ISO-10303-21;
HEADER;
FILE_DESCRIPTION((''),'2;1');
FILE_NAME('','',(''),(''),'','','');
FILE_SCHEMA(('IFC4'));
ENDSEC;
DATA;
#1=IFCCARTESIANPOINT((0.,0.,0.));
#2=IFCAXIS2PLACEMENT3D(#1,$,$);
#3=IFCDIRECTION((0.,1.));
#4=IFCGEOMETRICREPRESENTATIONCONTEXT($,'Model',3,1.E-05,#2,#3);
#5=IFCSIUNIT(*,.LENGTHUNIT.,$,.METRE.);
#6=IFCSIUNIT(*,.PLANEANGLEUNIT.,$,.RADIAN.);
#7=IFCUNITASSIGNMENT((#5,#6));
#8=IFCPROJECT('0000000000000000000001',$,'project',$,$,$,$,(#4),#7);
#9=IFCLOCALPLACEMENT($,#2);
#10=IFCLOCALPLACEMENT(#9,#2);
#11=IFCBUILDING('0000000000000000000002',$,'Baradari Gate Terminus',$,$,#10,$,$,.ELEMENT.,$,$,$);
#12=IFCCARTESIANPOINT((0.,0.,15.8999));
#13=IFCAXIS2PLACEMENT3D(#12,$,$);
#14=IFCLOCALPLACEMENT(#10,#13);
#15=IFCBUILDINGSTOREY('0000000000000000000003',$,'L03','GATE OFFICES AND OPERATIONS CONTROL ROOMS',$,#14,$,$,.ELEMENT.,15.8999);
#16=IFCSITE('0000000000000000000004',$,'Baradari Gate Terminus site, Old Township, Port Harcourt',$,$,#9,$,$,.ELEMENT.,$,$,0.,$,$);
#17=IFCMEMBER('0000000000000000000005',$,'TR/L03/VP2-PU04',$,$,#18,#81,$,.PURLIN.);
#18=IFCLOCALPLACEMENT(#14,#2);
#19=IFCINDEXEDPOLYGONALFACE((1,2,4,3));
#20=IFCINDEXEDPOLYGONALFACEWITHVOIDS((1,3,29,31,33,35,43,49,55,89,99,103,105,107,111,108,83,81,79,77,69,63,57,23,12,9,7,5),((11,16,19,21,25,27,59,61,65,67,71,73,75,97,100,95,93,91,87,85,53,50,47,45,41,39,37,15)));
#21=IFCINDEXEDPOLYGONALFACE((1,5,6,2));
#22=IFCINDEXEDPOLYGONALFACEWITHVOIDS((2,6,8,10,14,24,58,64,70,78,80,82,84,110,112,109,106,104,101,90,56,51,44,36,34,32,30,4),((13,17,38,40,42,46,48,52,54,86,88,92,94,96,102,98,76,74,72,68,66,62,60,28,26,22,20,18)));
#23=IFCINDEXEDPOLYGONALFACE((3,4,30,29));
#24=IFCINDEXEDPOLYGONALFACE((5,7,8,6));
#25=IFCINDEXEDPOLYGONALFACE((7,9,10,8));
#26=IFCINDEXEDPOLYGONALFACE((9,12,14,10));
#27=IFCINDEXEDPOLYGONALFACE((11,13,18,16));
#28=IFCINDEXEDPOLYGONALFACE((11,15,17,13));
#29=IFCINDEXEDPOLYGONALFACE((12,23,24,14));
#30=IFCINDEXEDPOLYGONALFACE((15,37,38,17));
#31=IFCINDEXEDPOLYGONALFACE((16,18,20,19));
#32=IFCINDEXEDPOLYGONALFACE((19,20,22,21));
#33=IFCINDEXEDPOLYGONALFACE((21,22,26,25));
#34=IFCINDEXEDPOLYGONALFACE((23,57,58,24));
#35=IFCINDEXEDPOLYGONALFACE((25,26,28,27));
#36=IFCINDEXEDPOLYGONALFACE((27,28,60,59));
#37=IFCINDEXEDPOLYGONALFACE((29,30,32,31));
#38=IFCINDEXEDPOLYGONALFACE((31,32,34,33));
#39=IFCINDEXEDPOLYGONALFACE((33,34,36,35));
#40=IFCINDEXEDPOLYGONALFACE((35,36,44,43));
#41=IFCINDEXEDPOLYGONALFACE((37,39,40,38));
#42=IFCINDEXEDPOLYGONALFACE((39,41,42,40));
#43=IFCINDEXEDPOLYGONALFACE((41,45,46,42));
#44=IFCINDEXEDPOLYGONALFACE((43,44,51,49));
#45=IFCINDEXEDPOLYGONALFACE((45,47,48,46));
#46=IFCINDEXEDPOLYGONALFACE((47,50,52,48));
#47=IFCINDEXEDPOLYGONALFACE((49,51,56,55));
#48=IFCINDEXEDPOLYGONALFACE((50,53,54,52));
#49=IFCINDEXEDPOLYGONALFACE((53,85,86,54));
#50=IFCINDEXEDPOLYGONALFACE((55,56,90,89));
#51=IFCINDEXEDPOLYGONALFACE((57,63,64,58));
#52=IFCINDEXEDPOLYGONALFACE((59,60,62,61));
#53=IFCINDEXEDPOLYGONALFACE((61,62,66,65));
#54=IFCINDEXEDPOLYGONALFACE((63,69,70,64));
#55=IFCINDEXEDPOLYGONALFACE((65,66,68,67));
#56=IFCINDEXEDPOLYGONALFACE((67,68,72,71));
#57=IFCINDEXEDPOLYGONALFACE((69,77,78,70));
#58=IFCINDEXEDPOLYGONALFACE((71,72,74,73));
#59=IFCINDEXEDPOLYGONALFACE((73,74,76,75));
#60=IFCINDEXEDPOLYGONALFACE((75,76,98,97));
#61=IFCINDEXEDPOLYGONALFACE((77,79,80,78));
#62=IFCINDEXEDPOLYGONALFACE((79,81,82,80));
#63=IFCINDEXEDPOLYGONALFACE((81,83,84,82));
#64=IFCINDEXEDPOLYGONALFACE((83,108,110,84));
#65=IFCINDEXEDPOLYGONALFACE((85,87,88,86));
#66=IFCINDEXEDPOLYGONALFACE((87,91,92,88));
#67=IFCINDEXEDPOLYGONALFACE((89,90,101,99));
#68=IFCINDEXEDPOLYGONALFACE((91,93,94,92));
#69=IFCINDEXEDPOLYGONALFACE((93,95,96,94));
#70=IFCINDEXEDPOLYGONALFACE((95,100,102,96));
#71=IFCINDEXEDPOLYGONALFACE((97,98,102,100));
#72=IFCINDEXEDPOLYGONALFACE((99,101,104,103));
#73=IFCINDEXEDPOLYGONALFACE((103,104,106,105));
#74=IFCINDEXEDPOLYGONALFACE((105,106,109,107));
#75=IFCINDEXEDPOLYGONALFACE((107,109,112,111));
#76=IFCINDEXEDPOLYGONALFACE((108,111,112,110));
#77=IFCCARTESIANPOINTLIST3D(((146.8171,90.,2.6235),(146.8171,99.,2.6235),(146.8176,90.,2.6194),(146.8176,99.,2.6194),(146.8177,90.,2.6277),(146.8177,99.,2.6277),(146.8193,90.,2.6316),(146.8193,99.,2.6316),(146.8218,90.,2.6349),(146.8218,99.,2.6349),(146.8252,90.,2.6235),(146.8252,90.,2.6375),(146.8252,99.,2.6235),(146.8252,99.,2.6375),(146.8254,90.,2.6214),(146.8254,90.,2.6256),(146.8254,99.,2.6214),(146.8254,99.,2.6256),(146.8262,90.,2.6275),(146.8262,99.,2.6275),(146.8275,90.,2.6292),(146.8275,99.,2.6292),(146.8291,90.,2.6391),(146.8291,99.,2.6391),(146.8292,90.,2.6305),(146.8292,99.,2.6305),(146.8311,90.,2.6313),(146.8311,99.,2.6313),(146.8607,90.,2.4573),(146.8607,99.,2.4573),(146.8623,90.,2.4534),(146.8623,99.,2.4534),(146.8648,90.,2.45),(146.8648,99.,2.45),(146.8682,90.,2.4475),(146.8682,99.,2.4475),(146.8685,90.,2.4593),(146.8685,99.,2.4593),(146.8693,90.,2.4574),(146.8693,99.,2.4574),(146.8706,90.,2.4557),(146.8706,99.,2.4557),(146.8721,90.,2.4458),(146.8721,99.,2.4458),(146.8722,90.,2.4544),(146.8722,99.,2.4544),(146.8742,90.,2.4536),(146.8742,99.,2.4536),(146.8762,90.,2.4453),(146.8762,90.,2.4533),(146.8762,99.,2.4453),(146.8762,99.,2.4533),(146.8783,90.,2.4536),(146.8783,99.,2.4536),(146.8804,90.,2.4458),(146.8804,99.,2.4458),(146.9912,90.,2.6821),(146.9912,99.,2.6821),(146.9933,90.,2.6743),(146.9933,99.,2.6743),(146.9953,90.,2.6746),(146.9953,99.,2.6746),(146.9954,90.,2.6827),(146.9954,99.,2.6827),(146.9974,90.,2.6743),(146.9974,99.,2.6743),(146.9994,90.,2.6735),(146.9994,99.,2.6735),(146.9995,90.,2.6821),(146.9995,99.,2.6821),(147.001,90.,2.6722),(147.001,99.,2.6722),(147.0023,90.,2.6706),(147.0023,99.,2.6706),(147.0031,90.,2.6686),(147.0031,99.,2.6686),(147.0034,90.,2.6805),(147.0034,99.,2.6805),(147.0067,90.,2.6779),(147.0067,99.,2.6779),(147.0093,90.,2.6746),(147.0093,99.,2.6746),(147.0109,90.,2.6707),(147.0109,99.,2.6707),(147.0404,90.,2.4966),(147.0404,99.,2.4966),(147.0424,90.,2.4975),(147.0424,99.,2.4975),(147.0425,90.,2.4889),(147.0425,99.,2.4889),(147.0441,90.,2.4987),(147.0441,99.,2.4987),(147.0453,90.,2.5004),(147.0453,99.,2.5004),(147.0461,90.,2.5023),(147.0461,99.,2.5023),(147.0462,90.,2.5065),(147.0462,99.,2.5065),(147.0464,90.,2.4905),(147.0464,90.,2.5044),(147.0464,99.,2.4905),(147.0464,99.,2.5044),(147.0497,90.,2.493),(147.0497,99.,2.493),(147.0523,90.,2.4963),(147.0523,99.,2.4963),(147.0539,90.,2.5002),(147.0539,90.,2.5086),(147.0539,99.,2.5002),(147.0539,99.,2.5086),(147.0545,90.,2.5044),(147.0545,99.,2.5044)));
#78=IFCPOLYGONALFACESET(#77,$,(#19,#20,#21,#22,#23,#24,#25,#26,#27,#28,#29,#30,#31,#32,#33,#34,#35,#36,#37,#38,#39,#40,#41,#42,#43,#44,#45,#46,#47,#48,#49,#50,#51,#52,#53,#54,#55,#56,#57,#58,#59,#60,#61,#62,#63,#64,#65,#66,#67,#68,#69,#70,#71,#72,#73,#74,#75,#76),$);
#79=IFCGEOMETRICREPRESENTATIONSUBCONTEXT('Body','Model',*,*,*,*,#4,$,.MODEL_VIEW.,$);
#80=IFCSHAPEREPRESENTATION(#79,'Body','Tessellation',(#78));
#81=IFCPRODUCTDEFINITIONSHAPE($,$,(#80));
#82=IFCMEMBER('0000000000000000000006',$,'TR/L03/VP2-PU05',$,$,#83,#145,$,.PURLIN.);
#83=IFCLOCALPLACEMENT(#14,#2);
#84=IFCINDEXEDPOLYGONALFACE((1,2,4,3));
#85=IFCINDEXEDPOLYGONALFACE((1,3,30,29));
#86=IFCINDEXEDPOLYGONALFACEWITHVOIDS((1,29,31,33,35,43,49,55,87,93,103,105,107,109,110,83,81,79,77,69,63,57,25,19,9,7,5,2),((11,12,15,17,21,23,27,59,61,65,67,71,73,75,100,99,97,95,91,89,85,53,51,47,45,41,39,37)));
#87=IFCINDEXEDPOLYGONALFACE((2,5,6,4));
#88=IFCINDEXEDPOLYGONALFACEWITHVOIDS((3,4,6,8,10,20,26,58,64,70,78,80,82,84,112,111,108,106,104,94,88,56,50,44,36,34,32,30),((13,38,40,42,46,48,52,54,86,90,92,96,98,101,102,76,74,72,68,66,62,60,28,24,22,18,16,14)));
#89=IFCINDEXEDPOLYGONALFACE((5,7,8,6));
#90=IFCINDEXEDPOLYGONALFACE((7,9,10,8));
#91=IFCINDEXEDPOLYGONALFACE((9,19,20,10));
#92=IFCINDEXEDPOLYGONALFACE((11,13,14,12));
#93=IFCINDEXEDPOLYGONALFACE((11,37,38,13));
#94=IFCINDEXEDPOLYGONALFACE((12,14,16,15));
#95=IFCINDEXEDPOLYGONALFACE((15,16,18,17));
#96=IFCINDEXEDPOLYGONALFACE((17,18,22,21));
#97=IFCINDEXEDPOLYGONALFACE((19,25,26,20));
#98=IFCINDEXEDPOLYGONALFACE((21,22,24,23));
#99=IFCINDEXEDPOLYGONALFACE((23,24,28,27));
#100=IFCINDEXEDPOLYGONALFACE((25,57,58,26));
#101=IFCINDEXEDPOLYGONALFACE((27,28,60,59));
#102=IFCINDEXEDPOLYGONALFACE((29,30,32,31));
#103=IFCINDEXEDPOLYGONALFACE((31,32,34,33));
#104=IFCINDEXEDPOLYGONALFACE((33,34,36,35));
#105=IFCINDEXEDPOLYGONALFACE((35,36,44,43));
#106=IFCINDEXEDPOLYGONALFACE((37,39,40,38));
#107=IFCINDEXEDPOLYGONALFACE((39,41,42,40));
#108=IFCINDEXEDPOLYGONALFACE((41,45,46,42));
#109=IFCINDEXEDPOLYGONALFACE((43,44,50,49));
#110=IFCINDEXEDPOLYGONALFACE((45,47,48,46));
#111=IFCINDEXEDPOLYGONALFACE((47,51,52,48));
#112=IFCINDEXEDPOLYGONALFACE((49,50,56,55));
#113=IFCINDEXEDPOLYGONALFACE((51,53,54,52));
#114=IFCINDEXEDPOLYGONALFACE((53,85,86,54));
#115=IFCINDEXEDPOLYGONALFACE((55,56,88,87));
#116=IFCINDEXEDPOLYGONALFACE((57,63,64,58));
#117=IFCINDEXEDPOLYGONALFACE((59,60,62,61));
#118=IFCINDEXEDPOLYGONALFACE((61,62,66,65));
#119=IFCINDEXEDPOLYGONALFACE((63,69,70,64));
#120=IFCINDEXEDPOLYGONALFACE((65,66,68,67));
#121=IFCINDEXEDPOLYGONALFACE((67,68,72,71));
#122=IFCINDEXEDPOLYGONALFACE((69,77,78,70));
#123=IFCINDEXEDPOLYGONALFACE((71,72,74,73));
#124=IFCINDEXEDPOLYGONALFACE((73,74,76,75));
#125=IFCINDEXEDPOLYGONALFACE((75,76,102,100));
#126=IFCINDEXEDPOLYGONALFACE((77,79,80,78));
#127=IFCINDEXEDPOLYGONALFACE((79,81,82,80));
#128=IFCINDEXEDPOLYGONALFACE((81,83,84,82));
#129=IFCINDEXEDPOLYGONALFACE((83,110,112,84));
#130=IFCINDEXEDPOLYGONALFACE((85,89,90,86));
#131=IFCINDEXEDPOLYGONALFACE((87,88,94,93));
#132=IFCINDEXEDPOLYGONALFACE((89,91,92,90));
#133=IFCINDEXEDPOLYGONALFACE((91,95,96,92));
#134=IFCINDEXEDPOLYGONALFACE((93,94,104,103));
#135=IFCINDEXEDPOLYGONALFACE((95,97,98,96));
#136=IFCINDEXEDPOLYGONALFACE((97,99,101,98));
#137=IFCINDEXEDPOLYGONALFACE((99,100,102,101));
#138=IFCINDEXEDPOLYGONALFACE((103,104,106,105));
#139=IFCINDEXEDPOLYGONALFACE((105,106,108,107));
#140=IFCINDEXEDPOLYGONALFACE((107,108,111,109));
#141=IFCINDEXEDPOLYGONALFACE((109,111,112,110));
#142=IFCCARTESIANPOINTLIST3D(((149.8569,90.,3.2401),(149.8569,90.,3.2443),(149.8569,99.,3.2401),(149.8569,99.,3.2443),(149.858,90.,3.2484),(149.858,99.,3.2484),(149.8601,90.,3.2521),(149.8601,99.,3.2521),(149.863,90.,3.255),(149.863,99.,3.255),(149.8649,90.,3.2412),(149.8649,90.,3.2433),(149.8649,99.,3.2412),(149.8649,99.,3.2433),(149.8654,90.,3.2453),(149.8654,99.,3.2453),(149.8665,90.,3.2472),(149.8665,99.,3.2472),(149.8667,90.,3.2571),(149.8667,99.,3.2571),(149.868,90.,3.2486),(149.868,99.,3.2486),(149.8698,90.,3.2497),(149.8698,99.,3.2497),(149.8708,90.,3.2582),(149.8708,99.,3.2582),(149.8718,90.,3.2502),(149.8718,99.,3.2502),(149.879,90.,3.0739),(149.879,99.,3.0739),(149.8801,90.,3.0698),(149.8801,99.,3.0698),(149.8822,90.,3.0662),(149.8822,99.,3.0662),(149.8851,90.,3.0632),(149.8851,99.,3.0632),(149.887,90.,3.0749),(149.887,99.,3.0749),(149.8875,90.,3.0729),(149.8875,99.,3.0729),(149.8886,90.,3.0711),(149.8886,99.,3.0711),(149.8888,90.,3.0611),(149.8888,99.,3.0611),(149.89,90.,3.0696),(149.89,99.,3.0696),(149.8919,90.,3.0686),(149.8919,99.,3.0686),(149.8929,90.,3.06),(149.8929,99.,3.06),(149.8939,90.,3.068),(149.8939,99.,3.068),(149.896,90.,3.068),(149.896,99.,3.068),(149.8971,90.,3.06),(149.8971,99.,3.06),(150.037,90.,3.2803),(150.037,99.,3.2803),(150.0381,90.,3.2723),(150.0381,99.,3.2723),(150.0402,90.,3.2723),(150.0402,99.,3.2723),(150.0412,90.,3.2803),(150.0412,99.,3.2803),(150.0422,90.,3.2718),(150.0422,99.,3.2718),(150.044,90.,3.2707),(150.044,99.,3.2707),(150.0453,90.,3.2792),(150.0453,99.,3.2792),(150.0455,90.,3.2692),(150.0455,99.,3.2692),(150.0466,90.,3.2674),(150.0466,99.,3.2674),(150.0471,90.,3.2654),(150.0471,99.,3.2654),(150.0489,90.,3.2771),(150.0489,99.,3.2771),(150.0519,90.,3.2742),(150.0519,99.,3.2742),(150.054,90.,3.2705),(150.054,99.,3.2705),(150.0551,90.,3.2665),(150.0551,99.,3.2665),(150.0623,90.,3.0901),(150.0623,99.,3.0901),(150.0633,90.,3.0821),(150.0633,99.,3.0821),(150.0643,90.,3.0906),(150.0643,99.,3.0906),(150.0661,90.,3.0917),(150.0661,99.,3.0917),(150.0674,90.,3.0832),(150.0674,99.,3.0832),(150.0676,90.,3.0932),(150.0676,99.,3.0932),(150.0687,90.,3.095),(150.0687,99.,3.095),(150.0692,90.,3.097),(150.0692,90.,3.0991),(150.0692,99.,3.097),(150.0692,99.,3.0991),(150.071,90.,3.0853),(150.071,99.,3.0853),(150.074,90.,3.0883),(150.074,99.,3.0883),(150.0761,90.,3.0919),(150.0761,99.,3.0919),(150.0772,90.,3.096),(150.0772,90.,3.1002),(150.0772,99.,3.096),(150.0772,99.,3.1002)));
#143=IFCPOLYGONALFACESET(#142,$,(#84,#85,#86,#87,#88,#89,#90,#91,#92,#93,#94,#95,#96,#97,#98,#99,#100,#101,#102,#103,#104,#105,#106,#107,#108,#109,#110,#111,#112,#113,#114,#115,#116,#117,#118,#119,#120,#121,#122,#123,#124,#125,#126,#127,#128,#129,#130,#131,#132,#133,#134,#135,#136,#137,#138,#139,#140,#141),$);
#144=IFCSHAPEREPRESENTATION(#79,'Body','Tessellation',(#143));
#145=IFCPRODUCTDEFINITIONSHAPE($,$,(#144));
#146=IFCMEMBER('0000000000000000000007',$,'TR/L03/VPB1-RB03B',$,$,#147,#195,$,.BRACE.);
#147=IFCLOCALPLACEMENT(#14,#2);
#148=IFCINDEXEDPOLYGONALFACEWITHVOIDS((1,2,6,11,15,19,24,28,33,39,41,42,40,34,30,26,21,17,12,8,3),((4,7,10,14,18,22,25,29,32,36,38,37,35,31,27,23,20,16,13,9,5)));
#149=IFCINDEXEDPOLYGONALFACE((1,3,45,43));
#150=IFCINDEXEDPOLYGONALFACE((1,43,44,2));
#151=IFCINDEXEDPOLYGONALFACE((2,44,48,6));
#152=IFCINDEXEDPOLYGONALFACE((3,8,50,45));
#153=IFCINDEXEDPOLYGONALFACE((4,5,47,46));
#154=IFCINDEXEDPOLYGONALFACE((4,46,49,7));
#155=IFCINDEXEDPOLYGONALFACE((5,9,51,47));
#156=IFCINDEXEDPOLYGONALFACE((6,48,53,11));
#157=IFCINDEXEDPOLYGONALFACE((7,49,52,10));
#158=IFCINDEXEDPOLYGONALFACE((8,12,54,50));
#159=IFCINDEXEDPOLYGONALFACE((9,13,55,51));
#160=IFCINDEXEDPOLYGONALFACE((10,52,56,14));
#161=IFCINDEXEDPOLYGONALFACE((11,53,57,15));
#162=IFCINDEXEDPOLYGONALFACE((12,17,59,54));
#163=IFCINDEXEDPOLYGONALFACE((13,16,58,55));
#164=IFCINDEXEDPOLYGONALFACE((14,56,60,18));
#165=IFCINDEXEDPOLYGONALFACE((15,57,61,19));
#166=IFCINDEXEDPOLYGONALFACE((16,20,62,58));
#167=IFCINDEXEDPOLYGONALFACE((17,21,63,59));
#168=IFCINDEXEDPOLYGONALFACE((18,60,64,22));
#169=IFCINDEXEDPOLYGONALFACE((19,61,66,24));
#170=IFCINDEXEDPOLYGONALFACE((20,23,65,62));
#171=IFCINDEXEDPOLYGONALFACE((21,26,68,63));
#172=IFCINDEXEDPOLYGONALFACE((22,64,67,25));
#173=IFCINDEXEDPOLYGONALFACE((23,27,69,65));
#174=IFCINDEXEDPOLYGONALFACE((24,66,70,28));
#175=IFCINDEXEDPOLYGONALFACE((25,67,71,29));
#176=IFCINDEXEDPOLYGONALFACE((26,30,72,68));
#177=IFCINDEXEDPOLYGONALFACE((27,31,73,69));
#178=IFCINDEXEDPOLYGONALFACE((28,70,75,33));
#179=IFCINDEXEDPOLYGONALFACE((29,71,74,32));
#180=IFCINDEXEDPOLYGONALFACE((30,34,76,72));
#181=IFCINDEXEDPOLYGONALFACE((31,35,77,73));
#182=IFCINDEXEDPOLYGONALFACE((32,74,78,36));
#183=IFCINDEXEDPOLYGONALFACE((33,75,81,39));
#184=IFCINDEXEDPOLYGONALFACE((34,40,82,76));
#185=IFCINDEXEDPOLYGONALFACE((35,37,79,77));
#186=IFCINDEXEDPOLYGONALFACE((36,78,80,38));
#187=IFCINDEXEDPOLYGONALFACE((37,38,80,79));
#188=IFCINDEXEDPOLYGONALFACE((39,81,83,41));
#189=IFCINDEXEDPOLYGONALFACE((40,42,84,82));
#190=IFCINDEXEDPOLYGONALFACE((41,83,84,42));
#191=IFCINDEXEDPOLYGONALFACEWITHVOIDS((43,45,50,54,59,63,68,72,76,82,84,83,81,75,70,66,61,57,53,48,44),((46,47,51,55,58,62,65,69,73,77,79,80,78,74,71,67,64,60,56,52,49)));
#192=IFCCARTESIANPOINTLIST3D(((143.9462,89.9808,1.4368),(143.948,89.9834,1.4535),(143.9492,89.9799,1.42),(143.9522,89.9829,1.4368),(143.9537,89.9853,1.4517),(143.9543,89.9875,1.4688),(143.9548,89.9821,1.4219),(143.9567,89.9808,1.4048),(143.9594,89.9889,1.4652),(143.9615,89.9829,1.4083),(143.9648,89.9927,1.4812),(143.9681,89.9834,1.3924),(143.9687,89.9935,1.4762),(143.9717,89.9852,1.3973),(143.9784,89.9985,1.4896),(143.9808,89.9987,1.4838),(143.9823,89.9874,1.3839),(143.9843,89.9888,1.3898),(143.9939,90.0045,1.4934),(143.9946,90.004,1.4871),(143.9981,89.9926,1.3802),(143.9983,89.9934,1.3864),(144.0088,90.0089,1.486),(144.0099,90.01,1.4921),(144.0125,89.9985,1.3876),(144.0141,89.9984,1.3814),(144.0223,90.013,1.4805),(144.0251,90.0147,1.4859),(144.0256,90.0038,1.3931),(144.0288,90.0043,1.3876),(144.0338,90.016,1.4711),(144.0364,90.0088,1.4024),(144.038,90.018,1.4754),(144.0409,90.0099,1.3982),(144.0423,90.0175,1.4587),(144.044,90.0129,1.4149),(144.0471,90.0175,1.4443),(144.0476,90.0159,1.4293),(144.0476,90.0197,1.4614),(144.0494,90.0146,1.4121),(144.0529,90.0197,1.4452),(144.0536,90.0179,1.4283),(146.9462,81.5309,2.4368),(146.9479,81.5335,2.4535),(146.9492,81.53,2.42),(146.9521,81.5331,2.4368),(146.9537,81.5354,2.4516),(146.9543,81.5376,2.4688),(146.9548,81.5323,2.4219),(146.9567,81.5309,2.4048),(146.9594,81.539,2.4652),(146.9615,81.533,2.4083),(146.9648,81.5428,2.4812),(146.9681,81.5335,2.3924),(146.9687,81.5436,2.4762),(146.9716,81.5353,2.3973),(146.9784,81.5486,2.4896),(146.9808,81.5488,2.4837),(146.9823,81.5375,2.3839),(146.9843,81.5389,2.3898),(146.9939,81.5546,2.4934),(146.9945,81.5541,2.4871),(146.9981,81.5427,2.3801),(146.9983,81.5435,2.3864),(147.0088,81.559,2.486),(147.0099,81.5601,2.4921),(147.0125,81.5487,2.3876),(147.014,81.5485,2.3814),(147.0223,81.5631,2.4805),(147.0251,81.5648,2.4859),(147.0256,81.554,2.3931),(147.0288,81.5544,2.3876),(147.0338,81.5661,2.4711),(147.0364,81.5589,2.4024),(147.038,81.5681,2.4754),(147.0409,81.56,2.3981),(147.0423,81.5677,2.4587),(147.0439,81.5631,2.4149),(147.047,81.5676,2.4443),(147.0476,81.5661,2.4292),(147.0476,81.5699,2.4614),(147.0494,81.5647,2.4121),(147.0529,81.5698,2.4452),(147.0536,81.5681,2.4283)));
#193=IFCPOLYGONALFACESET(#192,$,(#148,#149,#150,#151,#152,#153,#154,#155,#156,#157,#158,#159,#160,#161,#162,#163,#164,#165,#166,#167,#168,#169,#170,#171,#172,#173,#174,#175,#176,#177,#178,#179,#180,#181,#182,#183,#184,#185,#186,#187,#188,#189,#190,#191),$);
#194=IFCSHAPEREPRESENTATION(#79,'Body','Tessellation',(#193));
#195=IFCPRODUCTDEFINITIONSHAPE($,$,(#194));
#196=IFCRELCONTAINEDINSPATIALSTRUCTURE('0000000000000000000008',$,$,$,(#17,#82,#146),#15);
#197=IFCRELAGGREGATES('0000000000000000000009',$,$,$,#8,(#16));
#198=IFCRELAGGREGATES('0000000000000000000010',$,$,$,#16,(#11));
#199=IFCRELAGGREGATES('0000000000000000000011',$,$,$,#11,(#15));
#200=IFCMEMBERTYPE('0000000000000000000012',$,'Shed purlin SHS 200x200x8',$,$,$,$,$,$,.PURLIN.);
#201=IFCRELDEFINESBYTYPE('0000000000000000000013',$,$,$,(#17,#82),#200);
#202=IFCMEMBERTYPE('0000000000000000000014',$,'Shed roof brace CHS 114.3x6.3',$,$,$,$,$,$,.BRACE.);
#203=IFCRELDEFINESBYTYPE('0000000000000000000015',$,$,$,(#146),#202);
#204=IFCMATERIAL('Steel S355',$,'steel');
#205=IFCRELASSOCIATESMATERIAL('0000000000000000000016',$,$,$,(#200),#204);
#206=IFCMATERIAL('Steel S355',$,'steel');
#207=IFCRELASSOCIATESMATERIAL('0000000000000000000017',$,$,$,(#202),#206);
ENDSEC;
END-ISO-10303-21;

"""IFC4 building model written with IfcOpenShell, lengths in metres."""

from ifc_helpers import new_model, si_unit, direction, frame, origin, origin_2d, place, context, subcontext, project, spatial, hollow_rectangle, hollow_circle, extrude, material, material_profile, profile_set, type_object, element, save


model = new_model("IFC4")

# Units and contexts
model_context = context("Model", 3, precision=1e-05, world=origin(), true_north=direction((0.0, 1.0)))
body_context = subcontext(model_context, "Body", "Model", "MODEL_VIEW")
ifc_project = project(units=[si_unit("LENGTHUNIT", "METRE"), si_unit("PLANEANGLEUNIT", "RADIAN")], contexts=[model_context])

# Site, building, storey
site_placement = place(None, origin())
site = spatial("IfcSite", under=ifc_project, at=site_placement, Name="Baradari Gate Terminus site, Old Township, Port Harcourt", CompositionType="ELEMENT", RefElevation=0.0)
building_placement = place(site_placement, origin())
building = spatial("IfcBuilding", under=site, at=building_placement, Name="Baradari Gate Terminus", CompositionType="ELEMENT")
storey_placement = place(building_placement, frame((0.0, 0.0, 15.8999)))
storey = spatial("IfcBuildingStorey", under=building, at=storey_placement, Name="L03", Description="GATE OFFICES AND OPERATIONS CONTROL ROOMS", CompositionType="ELEMENT", Elevation=15.8999)

# Members
ifc_material_1 = material(Name="Steel S355", Category="steel")
ifc_material_profile_1 = material_profile(ifc_material_1, hollow_rectangle(XDim=0.2, YDim=0.2, WallThickness=0.0081, InnerFilletRadius=0.0081, OuterFilletRadius=0.0161, at=origin_2d()), Name="SHS 200x200x8")
ifc_profile_set_1 = profile_set([ifc_material_profile_1], Name="Steel S355")
member_type_1 = type_object("IfcMemberType", Name="Shed purlin SHS 200x200x8", PredefinedType="PURLIN", material=ifc_profile_set_1)
for number, where, z_axis, x_axis, name in (
    (1, (146.9358, 90.0, 2.564), (0.0, 1.0, 0.0), (-0.9665, 0.0, -0.256668), "TR/L03/VP2-PU04"),
    (2, (149.967, 90.0, 3.1702), (0.0, 1.0, 0.0), (-0.991303, 0.0, -0.131599), "TR/L03/VP2-PU05"),
):
    element("IfcMember", number, at=place(storey_placement, frame(where, z_axis=z_axis, x_axis=x_axis)), inside=storey, type_object=member_type_1, Name=name, PredefinedType="PURLIN", context=body_context, shape_type="SweptSolid", body=[
        extrude(hollow_rectangle(XDim=0.2, YDim=0.2, WallThickness=0.0081, InnerFilletRadius=0.0081, OuterFilletRadius=0.0161, at=origin_2d()), origin(), (0.0, 0.0, 1.0), 9.0),
    ])
ifc_material_2 = material(Name="Steel S355", Category="steel")
ifc_material_profile_2 = material_profile(ifc_material_2, hollow_circle(Radius=0.0571, WallThickness=0.0063, at=origin_2d()), Name="CHS 114.3x6.3")
ifc_profile_set_2 = profile_set([ifc_material_profile_2], Name="Steel S355")
member_type_2 = type_object("IfcMemberType", Name="Shed roof brace CHS 114.3x6.3", PredefinedType="BRACE", material=ifc_profile_set_2)
member_1_placement = place(storey_placement, frame((147.0, 81.55, 2.4368), z_axis=(-0.33251, 0.936564, -0.110837), x_axis=(-0.94237, -0.334571, 0.0)))
element("IfcMember", 3, at=member_1_placement, inside=storey, type_object=member_type_2, Name="TR/L03/VPB1-RB03B", PredefinedType="BRACE", context=body_context, shape_type="SweptSolid", body=[
    extrude(hollow_circle(Radius=0.0571, WallThickness=0.0063, at=origin_2d()), origin(), (0.0, 0.0, 1.0), 9.0222),
])

save(model, "model.ifc")
